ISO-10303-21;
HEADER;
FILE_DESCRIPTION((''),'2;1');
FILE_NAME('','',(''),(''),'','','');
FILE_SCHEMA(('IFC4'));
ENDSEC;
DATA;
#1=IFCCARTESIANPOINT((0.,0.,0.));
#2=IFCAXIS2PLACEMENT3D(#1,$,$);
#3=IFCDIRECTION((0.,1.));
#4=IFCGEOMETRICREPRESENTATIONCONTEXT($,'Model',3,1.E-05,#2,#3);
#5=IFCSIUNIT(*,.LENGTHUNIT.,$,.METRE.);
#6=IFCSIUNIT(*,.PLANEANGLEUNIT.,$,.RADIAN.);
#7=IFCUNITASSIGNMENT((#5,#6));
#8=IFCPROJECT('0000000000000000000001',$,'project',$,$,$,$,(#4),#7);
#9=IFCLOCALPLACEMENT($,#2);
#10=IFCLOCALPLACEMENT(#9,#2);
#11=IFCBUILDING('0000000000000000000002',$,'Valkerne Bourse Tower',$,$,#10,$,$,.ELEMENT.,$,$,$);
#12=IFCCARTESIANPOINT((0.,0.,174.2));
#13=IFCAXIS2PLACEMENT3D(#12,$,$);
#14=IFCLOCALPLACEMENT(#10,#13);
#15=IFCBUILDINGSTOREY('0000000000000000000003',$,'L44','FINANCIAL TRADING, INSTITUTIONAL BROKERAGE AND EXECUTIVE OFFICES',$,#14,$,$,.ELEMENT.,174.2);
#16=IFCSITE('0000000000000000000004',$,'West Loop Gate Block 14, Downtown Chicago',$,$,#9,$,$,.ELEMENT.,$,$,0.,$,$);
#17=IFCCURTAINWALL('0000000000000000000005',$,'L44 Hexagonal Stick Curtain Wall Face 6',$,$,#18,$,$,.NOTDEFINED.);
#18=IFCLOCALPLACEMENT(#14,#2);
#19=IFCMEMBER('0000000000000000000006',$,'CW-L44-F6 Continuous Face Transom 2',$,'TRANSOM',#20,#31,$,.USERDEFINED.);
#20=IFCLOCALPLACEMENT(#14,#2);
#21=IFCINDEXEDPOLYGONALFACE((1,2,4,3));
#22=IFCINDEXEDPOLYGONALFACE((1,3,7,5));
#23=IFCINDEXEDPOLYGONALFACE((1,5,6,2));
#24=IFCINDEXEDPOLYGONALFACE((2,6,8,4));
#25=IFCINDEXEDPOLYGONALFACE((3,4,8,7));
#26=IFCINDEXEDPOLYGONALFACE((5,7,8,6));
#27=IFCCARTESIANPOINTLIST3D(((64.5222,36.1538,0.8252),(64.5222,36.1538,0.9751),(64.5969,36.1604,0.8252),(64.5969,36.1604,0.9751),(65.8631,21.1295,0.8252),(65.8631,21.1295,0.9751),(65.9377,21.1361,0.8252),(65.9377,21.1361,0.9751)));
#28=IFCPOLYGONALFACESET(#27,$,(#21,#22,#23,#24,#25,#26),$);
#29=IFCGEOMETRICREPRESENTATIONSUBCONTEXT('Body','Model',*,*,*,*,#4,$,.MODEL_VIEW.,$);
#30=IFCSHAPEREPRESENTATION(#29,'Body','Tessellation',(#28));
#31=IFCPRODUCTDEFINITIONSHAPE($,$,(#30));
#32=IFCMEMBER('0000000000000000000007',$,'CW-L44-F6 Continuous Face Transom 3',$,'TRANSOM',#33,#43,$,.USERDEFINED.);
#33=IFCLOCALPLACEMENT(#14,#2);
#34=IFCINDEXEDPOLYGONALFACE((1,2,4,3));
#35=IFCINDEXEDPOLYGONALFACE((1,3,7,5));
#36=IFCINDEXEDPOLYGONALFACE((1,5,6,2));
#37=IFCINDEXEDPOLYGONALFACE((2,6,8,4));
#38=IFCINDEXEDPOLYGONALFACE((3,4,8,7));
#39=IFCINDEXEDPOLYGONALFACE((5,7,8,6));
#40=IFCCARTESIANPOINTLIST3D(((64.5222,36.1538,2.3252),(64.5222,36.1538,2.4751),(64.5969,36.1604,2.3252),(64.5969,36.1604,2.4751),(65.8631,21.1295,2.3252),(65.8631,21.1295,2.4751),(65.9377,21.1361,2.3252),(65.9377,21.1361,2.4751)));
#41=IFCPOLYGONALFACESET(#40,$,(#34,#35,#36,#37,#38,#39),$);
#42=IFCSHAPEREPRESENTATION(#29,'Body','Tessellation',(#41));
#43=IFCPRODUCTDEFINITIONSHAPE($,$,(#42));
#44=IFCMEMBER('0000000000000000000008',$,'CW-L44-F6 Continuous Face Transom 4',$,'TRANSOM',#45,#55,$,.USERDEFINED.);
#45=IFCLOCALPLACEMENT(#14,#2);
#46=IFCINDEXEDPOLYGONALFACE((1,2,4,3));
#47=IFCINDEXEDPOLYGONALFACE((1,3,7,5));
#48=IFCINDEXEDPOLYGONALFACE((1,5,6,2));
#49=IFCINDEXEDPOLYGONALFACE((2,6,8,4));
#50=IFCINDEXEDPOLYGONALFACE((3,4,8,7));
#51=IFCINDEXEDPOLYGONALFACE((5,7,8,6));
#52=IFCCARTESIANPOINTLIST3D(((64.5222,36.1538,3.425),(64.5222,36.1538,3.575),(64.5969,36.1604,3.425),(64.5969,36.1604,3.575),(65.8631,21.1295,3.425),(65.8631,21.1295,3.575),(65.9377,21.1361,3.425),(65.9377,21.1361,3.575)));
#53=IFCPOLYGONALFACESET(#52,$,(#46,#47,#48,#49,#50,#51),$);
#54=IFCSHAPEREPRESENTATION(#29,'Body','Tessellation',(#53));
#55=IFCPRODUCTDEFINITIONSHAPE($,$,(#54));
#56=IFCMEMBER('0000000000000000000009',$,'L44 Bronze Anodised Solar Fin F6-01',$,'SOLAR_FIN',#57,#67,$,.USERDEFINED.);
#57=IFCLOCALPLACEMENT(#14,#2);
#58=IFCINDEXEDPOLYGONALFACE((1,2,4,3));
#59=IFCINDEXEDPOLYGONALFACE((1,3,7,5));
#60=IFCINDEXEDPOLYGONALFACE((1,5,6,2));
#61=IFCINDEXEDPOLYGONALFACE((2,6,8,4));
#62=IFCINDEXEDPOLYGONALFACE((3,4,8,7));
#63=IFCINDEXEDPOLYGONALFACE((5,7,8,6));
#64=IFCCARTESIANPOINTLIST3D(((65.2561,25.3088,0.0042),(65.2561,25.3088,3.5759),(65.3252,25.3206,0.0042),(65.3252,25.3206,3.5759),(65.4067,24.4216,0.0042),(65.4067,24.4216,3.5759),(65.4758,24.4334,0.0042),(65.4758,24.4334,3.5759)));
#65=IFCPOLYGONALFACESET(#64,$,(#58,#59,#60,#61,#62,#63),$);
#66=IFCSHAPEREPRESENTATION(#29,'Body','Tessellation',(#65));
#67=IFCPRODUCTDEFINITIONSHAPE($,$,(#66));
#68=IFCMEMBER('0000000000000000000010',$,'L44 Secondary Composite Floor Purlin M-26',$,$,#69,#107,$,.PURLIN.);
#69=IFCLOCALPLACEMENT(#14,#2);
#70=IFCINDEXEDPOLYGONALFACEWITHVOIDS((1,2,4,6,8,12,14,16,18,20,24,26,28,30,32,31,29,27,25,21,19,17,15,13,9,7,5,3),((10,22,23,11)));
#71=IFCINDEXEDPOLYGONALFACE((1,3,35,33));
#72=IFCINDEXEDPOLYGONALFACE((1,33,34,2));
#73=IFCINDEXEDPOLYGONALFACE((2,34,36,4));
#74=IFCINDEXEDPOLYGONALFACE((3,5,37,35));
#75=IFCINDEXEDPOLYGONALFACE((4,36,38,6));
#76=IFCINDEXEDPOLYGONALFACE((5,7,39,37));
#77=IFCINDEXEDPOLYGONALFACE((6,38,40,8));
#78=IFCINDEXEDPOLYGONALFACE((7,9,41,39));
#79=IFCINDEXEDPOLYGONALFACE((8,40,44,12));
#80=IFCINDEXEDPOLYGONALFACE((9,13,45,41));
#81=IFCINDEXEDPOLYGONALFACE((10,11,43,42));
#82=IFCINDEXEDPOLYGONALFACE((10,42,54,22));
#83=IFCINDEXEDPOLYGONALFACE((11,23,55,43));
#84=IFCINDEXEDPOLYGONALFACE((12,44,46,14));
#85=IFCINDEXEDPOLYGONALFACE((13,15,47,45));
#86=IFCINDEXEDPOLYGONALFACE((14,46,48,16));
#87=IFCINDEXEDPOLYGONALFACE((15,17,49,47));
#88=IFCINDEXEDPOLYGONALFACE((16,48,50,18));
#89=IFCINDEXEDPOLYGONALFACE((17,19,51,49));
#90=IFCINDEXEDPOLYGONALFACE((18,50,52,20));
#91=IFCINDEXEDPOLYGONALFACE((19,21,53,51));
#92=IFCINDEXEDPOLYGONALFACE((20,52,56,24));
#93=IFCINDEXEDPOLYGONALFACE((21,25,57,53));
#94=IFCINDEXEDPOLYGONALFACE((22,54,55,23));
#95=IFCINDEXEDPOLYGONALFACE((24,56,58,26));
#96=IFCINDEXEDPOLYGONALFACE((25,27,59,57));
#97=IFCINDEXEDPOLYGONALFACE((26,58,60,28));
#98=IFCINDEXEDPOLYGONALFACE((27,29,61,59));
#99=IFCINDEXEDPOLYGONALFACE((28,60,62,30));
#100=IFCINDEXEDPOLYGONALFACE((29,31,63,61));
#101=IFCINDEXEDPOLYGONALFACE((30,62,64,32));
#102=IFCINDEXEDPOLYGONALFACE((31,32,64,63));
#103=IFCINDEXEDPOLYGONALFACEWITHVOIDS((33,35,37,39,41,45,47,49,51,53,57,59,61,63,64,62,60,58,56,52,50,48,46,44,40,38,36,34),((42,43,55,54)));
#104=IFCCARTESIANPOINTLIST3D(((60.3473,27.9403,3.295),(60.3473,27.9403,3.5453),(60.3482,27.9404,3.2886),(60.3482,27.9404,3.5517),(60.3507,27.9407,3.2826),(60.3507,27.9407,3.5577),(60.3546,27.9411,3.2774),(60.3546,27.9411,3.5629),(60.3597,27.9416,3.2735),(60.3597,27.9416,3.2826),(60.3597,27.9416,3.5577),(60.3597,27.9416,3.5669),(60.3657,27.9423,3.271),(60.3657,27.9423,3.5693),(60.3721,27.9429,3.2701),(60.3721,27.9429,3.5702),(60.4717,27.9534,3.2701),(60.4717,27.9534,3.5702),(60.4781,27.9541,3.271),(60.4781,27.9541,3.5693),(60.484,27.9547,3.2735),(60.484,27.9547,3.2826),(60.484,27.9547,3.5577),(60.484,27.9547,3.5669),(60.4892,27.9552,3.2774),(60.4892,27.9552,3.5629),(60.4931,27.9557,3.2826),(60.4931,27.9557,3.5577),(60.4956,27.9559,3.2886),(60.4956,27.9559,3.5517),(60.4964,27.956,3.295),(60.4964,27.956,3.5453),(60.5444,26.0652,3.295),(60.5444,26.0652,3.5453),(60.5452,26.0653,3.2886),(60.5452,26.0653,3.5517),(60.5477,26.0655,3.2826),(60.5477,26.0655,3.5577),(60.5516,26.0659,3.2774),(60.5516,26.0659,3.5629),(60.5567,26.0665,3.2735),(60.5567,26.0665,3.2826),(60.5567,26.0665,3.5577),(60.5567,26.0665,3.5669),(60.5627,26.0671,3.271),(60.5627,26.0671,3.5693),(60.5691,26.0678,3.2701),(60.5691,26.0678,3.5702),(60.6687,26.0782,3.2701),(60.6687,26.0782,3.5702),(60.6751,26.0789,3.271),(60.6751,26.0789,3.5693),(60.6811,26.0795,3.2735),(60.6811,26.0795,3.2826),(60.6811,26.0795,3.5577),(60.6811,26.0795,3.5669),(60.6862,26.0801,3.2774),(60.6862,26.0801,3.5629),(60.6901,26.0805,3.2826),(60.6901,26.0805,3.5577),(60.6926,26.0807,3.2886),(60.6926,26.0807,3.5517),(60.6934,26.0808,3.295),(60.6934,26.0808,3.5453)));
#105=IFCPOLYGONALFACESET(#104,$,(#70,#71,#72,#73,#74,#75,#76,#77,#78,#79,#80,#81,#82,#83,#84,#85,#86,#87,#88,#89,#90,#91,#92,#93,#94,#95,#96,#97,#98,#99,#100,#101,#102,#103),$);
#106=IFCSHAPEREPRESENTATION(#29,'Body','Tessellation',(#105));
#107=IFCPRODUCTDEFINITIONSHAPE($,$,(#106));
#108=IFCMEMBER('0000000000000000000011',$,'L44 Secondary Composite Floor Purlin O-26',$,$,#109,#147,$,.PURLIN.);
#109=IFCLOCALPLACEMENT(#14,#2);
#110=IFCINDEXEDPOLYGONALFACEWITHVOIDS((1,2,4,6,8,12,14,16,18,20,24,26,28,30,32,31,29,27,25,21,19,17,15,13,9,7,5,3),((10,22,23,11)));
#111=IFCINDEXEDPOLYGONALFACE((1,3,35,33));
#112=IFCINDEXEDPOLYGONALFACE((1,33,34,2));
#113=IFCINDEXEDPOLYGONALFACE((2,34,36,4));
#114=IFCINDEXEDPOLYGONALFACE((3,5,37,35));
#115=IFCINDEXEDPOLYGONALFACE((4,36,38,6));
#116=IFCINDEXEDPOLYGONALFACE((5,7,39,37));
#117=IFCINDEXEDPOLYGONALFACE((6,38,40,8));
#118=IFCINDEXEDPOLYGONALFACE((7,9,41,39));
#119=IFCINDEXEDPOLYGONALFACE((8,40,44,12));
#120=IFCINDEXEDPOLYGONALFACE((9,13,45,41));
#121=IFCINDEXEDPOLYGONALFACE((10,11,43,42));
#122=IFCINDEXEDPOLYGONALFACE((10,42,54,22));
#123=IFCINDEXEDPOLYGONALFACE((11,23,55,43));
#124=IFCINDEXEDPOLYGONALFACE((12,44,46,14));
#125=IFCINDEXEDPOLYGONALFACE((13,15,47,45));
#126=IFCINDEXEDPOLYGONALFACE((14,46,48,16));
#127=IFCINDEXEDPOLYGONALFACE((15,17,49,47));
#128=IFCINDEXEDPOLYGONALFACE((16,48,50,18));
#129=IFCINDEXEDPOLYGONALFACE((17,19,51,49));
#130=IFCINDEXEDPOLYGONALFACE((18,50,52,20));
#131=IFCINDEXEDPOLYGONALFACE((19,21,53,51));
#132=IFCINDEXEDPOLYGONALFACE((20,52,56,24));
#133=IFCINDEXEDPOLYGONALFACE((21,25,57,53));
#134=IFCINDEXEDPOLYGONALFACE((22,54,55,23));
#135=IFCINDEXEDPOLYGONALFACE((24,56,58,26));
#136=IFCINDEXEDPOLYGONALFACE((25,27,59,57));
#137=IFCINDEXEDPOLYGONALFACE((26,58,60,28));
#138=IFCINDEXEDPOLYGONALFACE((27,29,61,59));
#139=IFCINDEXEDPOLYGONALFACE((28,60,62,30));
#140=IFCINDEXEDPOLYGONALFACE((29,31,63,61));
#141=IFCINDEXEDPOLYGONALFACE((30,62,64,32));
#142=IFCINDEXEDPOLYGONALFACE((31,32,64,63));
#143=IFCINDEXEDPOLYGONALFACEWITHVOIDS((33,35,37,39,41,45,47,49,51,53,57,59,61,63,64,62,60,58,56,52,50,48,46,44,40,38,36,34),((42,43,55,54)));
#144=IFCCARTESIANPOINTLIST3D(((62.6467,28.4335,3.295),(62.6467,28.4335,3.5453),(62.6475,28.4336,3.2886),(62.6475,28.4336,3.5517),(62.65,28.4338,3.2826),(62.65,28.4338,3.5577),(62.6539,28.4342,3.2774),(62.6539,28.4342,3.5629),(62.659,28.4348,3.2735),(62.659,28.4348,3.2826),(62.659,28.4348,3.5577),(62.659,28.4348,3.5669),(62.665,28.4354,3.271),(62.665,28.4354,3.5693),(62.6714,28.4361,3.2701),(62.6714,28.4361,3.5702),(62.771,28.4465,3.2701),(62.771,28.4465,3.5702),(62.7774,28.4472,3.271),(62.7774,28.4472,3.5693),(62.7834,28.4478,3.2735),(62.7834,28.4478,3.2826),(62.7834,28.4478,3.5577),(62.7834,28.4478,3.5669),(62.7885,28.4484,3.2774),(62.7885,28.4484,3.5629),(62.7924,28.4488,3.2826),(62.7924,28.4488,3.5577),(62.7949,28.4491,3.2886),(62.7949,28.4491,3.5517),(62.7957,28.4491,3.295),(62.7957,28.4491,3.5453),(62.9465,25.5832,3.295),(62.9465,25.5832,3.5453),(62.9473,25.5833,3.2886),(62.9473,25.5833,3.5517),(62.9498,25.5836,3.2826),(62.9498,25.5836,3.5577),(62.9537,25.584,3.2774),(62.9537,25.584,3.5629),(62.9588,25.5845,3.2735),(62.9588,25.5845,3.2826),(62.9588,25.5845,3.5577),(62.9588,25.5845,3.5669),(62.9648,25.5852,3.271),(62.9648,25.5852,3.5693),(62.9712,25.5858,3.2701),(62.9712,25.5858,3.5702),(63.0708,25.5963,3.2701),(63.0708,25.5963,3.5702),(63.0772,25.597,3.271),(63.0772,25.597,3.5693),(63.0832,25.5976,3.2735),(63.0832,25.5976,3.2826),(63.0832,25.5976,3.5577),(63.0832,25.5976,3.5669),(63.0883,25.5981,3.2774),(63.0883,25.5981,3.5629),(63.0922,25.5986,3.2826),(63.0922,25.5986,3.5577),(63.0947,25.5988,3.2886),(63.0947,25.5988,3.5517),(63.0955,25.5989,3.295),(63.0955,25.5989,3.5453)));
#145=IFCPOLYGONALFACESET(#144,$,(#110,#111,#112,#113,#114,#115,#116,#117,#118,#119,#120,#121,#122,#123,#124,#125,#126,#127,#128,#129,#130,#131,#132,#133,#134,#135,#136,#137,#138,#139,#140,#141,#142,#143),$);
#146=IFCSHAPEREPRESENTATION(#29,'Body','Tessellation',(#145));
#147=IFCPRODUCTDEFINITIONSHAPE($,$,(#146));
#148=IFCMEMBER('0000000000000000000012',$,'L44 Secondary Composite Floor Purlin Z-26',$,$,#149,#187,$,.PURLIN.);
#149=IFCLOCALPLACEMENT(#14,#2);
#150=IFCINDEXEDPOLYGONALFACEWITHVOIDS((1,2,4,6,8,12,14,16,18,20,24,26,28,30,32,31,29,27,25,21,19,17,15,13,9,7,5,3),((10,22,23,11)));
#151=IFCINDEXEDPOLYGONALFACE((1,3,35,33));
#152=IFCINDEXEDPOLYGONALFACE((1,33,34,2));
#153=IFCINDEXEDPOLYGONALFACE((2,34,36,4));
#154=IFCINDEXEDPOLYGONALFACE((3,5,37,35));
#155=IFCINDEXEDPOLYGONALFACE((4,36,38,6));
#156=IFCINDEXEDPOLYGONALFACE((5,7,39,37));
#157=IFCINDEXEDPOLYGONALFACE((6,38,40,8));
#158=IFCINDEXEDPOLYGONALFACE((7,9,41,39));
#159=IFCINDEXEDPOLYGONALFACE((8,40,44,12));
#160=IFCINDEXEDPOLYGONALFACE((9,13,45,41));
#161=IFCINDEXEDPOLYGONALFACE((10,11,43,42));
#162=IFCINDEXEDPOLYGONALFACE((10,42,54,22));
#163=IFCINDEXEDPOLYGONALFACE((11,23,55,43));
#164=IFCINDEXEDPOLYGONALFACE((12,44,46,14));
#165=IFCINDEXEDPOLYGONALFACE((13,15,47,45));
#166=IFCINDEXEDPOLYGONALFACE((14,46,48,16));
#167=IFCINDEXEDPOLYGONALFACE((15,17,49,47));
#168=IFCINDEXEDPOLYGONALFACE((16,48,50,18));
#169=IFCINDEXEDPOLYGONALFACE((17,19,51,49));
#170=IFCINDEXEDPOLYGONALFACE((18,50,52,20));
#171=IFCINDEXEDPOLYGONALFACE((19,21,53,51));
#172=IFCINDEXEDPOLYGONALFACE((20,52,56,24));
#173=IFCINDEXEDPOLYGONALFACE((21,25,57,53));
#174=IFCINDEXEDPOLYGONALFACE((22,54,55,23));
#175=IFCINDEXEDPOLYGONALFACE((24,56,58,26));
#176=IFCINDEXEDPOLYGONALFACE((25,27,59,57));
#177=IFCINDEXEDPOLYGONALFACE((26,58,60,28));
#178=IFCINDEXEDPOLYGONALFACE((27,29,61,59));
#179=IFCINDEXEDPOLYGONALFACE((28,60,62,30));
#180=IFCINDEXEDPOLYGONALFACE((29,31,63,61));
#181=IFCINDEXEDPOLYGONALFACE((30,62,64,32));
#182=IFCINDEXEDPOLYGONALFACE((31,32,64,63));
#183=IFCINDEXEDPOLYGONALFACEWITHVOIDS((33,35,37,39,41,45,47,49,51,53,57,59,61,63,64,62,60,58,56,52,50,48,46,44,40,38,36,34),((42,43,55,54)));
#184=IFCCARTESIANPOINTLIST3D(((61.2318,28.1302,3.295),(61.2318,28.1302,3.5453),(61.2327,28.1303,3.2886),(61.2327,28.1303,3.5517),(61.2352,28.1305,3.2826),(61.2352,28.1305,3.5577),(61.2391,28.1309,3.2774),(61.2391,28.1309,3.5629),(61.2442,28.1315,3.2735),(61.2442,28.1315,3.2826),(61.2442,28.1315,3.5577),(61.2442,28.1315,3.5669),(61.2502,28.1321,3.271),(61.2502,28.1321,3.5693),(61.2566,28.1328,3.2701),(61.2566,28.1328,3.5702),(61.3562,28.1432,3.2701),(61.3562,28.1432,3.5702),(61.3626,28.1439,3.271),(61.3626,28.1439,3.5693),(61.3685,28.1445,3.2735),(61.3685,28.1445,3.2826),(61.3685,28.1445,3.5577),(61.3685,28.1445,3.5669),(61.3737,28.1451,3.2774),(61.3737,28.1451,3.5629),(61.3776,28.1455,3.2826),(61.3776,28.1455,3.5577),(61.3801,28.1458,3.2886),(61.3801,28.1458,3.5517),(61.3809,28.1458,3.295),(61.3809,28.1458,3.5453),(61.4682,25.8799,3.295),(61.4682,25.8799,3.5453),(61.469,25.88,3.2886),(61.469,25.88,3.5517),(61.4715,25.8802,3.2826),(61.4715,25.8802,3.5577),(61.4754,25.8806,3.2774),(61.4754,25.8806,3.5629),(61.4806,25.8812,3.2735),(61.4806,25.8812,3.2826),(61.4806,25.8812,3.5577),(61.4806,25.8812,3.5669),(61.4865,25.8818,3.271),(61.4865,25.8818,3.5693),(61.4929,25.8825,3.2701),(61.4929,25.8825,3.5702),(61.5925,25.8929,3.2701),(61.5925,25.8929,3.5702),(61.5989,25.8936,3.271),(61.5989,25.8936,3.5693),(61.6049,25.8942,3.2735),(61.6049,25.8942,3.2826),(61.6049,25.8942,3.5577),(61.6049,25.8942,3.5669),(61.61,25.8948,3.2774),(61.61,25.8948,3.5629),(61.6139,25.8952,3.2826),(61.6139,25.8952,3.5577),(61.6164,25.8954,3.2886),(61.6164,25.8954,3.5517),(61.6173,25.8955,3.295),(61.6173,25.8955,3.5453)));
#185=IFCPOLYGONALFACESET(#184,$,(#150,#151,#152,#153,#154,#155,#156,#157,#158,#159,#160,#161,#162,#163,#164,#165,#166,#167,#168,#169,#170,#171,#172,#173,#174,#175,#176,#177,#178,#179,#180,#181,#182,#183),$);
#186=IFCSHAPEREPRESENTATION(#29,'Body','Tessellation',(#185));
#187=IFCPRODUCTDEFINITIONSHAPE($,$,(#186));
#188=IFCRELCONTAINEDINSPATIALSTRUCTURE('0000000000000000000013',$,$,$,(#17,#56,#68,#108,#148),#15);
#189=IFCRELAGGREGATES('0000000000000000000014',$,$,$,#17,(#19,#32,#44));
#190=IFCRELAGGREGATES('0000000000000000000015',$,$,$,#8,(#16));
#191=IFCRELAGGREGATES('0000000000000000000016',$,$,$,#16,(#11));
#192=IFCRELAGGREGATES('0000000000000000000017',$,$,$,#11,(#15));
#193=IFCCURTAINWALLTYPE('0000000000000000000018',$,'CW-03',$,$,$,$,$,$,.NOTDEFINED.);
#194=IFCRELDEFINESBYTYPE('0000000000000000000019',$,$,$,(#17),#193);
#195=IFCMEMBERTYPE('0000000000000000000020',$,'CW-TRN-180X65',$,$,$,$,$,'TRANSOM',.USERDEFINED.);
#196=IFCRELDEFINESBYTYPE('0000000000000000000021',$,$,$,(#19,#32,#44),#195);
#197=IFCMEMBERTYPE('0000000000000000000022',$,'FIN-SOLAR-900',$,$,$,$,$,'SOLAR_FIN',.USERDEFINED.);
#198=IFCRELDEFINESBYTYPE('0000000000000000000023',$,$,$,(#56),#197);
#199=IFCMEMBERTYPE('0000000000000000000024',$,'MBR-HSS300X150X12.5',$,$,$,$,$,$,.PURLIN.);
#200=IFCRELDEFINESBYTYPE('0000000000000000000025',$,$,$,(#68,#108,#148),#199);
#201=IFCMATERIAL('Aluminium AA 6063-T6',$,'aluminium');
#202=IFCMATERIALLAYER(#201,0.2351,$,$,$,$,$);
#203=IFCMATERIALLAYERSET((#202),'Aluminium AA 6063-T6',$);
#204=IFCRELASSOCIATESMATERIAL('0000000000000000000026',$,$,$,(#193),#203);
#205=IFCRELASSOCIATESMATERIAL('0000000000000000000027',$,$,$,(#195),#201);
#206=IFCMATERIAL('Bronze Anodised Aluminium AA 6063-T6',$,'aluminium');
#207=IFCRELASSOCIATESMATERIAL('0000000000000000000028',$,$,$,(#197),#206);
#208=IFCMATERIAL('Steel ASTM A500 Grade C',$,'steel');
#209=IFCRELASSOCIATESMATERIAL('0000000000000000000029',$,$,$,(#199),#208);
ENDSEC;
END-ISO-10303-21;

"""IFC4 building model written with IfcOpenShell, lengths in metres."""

from ifc_helpers import new_model, si_unit, direction, frame, origin, origin_2d, place, context, subcontext, project, spatial, rectangle, hollow_rectangle, extrude, material, layer, layer_set, material_profile, profile_set, type_object, element, aggregate, save


model = new_model("IFC4")

# Units and contexts
model_context = context("Model", 3, precision=1e-05, world=origin(), true_north=direction((0.0, 1.0)))
body_context = subcontext(model_context, "Body", "Model", "MODEL_VIEW")
ifc_project = project(units=[si_unit("LENGTHUNIT", "METRE"), si_unit("PLANEANGLEUNIT", "RADIAN")], contexts=[model_context])

# Site, building, storey
site_placement = place(None, origin())
site = spatial("IfcSite", under=ifc_project, at=site_placement, Name="West Loop Gate Block 14, Downtown Chicago", CompositionType="ELEMENT", RefElevation=0.0)
building_placement = place(site_placement, origin())
building = spatial("IfcBuilding", under=site, at=building_placement, Name="Valkerne Bourse Tower", CompositionType="ELEMENT")
storey_placement = place(building_placement, frame((0.0, 0.0, 174.2)))
storey = spatial("IfcBuildingStorey", under=building, at=storey_placement, Name="L44", Description="FINANCIAL TRADING, INSTITUTIONAL BROKERAGE AND EXECUTIVE OFFICES", CompositionType="ELEMENT", Elevation=174.2)

# Curtain wall, members
ifc_material_1 = material(Name="Aluminium AA 6063-T6", Category="aluminium")
ifc_layer_1 = layer(ifc_material_1, 0.2351)
ifc_layer_set_1 = layer_set([ifc_layer_1], Name="Aluminium AA 6063-T6")
curtain_wall_type = type_object("IfcCurtainWallType", Name="CW-03", PredefinedType="NOTDEFINED", material=ifc_layer_set_1)
curtain_wall_placement = place(storey_placement, origin())
curtain_wall = element("IfcCurtainWall", 1, at=curtain_wall_placement, inside=storey, type_object=curtain_wall_type, Name="L44 Hexagonal Stick Curtain Wall Face 6", PredefinedType="NOTDEFINED")
ifc_material_profile_1 = material_profile(ifc_material_1, rectangle(XDim=0.075, YDim=0.1499, at=origin_2d()), Name="CWT-75X150")
ifc_profile_set_1 = profile_set([ifc_material_profile_1], Name="Aluminium AA 6063-T6")
member_type_1 = type_object("IfcMemberType", Name="CW-TRN-180X65", ElementType="TRANSOM", PredefinedType="USERDEFINED", material=ifc_profile_set_1)
member_1_placement = place(storey_placement, frame((65.9004, 21.1328, 0.9001), z_axis=(-0.088891, 0.996041, 0.0), x_axis=(-0.996041, -0.088891, 0.0)))
member_1 = element("IfcMember", 2, at=member_1_placement, type_object=member_type_1, Name="CW-L44-F6 Continuous Face Transom 2", ObjectType="TRANSOM", PredefinedType="USERDEFINED", context=body_context, shape_type="SweptSolid", body=[
    extrude(rectangle(XDim=0.075, YDim=0.1499, at=origin_2d()), origin(), (0.0, 0.0, 1.0), 15.084),
])
member_2_placement = place(storey_placement, frame((65.9004, 21.1328, 2.4001), z_axis=(-0.088891, 0.996041, 0.0), x_axis=(-0.996041, -0.088891, 0.0)))
member_2 = element("IfcMember", 3, at=member_2_placement, type_object=member_type_1, Name="CW-L44-F6 Continuous Face Transom 3", ObjectType="TRANSOM", PredefinedType="USERDEFINED", context=body_context, shape_type="SweptSolid", body=[
    extrude(rectangle(XDim=0.075, YDim=0.1499, at=origin_2d()), origin(), (0.0, 0.0, 1.0), 15.084),
])
member_3_placement = place(storey_placement, frame((65.9004, 21.1328, 3.5), z_axis=(-0.088891, 0.996041, 0.0), x_axis=(-0.996041, -0.088891, 0.0)))
member_3 = element("IfcMember", 4, at=member_3_placement, type_object=member_type_1, Name="CW-L44-F6 Continuous Face Transom 4", ObjectType="TRANSOM", PredefinedType="USERDEFINED", context=body_context, shape_type="SweptSolid", body=[
    extrude(rectangle(XDim=0.075, YDim=0.1499, at=origin_2d()), origin(), (0.0, 0.0, 1.0), 15.084),
])

# Members
ifc_material_2 = material(Name="Bronze Anodised Aluminium AA 6063-T6", Category="aluminium")
ifc_material_profile_2 = material_profile(ifc_material_2, rectangle(XDim=0.0701, YDim=0.8999, at=origin_2d()), Name="FIN-70X900")
ifc_profile_set_2 = profile_set([ifc_material_profile_2], Name="Bronze Anodised Aluminium AA 6063-T6")
member_type_2 = type_object("IfcMemberType", Name="FIN-SOLAR-900", ElementType="SOLAR_FIN", PredefinedType="USERDEFINED", material=ifc_profile_set_2)
member_4_placement = place(storey_placement, frame((65.366, 24.8711, 0.0042), z_axis=(0.0, 0.0, 1.0), x_axis=(0.985895, 0.167366, 0.0)))
element("IfcMember", 5, at=member_4_placement, inside=storey, type_object=member_type_2, Name="L44 Bronze Anodised Solar Fin F6-01", ObjectType="SOLAR_FIN", PredefinedType="USERDEFINED", context=body_context, shape_type="SweptSolid", body=[
    extrude(rectangle(XDim=0.0701, YDim=0.8999, at=origin_2d()), origin(), (0.0, 0.0, 1.0), 3.5718),
])
ifc_material_3 = material(Name="Steel ASTM A500 Grade C", Category="steel")
ifc_material_profile_3 = material_profile(ifc_material_3, hollow_rectangle(XDim=0.1499, YDim=0.3, WallThickness=0.0125, OuterFilletRadius=0.0249, at=origin_2d()), Name="HSS300X150X12.5")
ifc_profile_set_3 = profile_set([ifc_material_profile_3], Name="Steel ASTM A500 Grade C")
member_type_3 = type_object("IfcMemberType", Name="MBR-HSS300X150X12.5", PredefinedType="PURLIN", material=ifc_profile_set_3)
member_5_placement = place(storey_placement, frame((60.6189, 26.073, 3.4202), z_axis=(-0.104489, 0.994526, 0.0), x_axis=(-0.994526, -0.104489, 0.0)))
element("IfcMember", 6, at=member_5_placement, inside=storey, type_object=member_type_3, Name="L44 Secondary Composite Floor Purlin M-26", PredefinedType="PURLIN", context=body_context, shape_type="SweptSolid", body=[
    extrude(hollow_rectangle(XDim=0.1499, YDim=0.3, WallThickness=0.0125, OuterFilletRadius=0.0249, at=origin_2d()), origin(), (0.0, 0.0, 1.0), 1.8855),
])
member_6_placement = place(storey_placement, frame((63.021, 25.5911, 3.4202), z_axis=(-0.104605, 0.994514, 0.0), x_axis=(-0.994514, -0.104605, 0.0)))
element("IfcMember", 7, at=member_6_placement, inside=storey, type_object=member_type_3, Name="L44 Secondary Composite Floor Purlin O-26", PredefinedType="PURLIN", context=body_context, shape_type="SweptSolid", body=[
    extrude(hollow_rectangle(XDim=0.1499, YDim=0.3, WallThickness=0.0125, OuterFilletRadius=0.0249, at=origin_2d()), origin(), (0.0, 0.0, 1.0), 2.866),
])
member_7_placement = place(storey_placement, frame((61.5427, 25.8877, 3.4202), z_axis=(-0.104449, 0.99453, 0.0), x_axis=(-0.99453, -0.104449, 0.0)))
element("IfcMember", 8, at=member_7_placement, inside=storey, type_object=member_type_3, Name="L44 Secondary Composite Floor Purlin Z-26", PredefinedType="PURLIN", context=body_context, shape_type="SweptSolid", body=[
    extrude(hollow_rectangle(XDim=0.1499, YDim=0.3, WallThickness=0.0125, OuterFilletRadius=0.0249, at=origin_2d()), origin(), (0.0, 0.0, 1.0), 2.2627),
])

aggregate(curtain_wall, [member_1, member_2, member_3])

save(model, "model.ifc")
